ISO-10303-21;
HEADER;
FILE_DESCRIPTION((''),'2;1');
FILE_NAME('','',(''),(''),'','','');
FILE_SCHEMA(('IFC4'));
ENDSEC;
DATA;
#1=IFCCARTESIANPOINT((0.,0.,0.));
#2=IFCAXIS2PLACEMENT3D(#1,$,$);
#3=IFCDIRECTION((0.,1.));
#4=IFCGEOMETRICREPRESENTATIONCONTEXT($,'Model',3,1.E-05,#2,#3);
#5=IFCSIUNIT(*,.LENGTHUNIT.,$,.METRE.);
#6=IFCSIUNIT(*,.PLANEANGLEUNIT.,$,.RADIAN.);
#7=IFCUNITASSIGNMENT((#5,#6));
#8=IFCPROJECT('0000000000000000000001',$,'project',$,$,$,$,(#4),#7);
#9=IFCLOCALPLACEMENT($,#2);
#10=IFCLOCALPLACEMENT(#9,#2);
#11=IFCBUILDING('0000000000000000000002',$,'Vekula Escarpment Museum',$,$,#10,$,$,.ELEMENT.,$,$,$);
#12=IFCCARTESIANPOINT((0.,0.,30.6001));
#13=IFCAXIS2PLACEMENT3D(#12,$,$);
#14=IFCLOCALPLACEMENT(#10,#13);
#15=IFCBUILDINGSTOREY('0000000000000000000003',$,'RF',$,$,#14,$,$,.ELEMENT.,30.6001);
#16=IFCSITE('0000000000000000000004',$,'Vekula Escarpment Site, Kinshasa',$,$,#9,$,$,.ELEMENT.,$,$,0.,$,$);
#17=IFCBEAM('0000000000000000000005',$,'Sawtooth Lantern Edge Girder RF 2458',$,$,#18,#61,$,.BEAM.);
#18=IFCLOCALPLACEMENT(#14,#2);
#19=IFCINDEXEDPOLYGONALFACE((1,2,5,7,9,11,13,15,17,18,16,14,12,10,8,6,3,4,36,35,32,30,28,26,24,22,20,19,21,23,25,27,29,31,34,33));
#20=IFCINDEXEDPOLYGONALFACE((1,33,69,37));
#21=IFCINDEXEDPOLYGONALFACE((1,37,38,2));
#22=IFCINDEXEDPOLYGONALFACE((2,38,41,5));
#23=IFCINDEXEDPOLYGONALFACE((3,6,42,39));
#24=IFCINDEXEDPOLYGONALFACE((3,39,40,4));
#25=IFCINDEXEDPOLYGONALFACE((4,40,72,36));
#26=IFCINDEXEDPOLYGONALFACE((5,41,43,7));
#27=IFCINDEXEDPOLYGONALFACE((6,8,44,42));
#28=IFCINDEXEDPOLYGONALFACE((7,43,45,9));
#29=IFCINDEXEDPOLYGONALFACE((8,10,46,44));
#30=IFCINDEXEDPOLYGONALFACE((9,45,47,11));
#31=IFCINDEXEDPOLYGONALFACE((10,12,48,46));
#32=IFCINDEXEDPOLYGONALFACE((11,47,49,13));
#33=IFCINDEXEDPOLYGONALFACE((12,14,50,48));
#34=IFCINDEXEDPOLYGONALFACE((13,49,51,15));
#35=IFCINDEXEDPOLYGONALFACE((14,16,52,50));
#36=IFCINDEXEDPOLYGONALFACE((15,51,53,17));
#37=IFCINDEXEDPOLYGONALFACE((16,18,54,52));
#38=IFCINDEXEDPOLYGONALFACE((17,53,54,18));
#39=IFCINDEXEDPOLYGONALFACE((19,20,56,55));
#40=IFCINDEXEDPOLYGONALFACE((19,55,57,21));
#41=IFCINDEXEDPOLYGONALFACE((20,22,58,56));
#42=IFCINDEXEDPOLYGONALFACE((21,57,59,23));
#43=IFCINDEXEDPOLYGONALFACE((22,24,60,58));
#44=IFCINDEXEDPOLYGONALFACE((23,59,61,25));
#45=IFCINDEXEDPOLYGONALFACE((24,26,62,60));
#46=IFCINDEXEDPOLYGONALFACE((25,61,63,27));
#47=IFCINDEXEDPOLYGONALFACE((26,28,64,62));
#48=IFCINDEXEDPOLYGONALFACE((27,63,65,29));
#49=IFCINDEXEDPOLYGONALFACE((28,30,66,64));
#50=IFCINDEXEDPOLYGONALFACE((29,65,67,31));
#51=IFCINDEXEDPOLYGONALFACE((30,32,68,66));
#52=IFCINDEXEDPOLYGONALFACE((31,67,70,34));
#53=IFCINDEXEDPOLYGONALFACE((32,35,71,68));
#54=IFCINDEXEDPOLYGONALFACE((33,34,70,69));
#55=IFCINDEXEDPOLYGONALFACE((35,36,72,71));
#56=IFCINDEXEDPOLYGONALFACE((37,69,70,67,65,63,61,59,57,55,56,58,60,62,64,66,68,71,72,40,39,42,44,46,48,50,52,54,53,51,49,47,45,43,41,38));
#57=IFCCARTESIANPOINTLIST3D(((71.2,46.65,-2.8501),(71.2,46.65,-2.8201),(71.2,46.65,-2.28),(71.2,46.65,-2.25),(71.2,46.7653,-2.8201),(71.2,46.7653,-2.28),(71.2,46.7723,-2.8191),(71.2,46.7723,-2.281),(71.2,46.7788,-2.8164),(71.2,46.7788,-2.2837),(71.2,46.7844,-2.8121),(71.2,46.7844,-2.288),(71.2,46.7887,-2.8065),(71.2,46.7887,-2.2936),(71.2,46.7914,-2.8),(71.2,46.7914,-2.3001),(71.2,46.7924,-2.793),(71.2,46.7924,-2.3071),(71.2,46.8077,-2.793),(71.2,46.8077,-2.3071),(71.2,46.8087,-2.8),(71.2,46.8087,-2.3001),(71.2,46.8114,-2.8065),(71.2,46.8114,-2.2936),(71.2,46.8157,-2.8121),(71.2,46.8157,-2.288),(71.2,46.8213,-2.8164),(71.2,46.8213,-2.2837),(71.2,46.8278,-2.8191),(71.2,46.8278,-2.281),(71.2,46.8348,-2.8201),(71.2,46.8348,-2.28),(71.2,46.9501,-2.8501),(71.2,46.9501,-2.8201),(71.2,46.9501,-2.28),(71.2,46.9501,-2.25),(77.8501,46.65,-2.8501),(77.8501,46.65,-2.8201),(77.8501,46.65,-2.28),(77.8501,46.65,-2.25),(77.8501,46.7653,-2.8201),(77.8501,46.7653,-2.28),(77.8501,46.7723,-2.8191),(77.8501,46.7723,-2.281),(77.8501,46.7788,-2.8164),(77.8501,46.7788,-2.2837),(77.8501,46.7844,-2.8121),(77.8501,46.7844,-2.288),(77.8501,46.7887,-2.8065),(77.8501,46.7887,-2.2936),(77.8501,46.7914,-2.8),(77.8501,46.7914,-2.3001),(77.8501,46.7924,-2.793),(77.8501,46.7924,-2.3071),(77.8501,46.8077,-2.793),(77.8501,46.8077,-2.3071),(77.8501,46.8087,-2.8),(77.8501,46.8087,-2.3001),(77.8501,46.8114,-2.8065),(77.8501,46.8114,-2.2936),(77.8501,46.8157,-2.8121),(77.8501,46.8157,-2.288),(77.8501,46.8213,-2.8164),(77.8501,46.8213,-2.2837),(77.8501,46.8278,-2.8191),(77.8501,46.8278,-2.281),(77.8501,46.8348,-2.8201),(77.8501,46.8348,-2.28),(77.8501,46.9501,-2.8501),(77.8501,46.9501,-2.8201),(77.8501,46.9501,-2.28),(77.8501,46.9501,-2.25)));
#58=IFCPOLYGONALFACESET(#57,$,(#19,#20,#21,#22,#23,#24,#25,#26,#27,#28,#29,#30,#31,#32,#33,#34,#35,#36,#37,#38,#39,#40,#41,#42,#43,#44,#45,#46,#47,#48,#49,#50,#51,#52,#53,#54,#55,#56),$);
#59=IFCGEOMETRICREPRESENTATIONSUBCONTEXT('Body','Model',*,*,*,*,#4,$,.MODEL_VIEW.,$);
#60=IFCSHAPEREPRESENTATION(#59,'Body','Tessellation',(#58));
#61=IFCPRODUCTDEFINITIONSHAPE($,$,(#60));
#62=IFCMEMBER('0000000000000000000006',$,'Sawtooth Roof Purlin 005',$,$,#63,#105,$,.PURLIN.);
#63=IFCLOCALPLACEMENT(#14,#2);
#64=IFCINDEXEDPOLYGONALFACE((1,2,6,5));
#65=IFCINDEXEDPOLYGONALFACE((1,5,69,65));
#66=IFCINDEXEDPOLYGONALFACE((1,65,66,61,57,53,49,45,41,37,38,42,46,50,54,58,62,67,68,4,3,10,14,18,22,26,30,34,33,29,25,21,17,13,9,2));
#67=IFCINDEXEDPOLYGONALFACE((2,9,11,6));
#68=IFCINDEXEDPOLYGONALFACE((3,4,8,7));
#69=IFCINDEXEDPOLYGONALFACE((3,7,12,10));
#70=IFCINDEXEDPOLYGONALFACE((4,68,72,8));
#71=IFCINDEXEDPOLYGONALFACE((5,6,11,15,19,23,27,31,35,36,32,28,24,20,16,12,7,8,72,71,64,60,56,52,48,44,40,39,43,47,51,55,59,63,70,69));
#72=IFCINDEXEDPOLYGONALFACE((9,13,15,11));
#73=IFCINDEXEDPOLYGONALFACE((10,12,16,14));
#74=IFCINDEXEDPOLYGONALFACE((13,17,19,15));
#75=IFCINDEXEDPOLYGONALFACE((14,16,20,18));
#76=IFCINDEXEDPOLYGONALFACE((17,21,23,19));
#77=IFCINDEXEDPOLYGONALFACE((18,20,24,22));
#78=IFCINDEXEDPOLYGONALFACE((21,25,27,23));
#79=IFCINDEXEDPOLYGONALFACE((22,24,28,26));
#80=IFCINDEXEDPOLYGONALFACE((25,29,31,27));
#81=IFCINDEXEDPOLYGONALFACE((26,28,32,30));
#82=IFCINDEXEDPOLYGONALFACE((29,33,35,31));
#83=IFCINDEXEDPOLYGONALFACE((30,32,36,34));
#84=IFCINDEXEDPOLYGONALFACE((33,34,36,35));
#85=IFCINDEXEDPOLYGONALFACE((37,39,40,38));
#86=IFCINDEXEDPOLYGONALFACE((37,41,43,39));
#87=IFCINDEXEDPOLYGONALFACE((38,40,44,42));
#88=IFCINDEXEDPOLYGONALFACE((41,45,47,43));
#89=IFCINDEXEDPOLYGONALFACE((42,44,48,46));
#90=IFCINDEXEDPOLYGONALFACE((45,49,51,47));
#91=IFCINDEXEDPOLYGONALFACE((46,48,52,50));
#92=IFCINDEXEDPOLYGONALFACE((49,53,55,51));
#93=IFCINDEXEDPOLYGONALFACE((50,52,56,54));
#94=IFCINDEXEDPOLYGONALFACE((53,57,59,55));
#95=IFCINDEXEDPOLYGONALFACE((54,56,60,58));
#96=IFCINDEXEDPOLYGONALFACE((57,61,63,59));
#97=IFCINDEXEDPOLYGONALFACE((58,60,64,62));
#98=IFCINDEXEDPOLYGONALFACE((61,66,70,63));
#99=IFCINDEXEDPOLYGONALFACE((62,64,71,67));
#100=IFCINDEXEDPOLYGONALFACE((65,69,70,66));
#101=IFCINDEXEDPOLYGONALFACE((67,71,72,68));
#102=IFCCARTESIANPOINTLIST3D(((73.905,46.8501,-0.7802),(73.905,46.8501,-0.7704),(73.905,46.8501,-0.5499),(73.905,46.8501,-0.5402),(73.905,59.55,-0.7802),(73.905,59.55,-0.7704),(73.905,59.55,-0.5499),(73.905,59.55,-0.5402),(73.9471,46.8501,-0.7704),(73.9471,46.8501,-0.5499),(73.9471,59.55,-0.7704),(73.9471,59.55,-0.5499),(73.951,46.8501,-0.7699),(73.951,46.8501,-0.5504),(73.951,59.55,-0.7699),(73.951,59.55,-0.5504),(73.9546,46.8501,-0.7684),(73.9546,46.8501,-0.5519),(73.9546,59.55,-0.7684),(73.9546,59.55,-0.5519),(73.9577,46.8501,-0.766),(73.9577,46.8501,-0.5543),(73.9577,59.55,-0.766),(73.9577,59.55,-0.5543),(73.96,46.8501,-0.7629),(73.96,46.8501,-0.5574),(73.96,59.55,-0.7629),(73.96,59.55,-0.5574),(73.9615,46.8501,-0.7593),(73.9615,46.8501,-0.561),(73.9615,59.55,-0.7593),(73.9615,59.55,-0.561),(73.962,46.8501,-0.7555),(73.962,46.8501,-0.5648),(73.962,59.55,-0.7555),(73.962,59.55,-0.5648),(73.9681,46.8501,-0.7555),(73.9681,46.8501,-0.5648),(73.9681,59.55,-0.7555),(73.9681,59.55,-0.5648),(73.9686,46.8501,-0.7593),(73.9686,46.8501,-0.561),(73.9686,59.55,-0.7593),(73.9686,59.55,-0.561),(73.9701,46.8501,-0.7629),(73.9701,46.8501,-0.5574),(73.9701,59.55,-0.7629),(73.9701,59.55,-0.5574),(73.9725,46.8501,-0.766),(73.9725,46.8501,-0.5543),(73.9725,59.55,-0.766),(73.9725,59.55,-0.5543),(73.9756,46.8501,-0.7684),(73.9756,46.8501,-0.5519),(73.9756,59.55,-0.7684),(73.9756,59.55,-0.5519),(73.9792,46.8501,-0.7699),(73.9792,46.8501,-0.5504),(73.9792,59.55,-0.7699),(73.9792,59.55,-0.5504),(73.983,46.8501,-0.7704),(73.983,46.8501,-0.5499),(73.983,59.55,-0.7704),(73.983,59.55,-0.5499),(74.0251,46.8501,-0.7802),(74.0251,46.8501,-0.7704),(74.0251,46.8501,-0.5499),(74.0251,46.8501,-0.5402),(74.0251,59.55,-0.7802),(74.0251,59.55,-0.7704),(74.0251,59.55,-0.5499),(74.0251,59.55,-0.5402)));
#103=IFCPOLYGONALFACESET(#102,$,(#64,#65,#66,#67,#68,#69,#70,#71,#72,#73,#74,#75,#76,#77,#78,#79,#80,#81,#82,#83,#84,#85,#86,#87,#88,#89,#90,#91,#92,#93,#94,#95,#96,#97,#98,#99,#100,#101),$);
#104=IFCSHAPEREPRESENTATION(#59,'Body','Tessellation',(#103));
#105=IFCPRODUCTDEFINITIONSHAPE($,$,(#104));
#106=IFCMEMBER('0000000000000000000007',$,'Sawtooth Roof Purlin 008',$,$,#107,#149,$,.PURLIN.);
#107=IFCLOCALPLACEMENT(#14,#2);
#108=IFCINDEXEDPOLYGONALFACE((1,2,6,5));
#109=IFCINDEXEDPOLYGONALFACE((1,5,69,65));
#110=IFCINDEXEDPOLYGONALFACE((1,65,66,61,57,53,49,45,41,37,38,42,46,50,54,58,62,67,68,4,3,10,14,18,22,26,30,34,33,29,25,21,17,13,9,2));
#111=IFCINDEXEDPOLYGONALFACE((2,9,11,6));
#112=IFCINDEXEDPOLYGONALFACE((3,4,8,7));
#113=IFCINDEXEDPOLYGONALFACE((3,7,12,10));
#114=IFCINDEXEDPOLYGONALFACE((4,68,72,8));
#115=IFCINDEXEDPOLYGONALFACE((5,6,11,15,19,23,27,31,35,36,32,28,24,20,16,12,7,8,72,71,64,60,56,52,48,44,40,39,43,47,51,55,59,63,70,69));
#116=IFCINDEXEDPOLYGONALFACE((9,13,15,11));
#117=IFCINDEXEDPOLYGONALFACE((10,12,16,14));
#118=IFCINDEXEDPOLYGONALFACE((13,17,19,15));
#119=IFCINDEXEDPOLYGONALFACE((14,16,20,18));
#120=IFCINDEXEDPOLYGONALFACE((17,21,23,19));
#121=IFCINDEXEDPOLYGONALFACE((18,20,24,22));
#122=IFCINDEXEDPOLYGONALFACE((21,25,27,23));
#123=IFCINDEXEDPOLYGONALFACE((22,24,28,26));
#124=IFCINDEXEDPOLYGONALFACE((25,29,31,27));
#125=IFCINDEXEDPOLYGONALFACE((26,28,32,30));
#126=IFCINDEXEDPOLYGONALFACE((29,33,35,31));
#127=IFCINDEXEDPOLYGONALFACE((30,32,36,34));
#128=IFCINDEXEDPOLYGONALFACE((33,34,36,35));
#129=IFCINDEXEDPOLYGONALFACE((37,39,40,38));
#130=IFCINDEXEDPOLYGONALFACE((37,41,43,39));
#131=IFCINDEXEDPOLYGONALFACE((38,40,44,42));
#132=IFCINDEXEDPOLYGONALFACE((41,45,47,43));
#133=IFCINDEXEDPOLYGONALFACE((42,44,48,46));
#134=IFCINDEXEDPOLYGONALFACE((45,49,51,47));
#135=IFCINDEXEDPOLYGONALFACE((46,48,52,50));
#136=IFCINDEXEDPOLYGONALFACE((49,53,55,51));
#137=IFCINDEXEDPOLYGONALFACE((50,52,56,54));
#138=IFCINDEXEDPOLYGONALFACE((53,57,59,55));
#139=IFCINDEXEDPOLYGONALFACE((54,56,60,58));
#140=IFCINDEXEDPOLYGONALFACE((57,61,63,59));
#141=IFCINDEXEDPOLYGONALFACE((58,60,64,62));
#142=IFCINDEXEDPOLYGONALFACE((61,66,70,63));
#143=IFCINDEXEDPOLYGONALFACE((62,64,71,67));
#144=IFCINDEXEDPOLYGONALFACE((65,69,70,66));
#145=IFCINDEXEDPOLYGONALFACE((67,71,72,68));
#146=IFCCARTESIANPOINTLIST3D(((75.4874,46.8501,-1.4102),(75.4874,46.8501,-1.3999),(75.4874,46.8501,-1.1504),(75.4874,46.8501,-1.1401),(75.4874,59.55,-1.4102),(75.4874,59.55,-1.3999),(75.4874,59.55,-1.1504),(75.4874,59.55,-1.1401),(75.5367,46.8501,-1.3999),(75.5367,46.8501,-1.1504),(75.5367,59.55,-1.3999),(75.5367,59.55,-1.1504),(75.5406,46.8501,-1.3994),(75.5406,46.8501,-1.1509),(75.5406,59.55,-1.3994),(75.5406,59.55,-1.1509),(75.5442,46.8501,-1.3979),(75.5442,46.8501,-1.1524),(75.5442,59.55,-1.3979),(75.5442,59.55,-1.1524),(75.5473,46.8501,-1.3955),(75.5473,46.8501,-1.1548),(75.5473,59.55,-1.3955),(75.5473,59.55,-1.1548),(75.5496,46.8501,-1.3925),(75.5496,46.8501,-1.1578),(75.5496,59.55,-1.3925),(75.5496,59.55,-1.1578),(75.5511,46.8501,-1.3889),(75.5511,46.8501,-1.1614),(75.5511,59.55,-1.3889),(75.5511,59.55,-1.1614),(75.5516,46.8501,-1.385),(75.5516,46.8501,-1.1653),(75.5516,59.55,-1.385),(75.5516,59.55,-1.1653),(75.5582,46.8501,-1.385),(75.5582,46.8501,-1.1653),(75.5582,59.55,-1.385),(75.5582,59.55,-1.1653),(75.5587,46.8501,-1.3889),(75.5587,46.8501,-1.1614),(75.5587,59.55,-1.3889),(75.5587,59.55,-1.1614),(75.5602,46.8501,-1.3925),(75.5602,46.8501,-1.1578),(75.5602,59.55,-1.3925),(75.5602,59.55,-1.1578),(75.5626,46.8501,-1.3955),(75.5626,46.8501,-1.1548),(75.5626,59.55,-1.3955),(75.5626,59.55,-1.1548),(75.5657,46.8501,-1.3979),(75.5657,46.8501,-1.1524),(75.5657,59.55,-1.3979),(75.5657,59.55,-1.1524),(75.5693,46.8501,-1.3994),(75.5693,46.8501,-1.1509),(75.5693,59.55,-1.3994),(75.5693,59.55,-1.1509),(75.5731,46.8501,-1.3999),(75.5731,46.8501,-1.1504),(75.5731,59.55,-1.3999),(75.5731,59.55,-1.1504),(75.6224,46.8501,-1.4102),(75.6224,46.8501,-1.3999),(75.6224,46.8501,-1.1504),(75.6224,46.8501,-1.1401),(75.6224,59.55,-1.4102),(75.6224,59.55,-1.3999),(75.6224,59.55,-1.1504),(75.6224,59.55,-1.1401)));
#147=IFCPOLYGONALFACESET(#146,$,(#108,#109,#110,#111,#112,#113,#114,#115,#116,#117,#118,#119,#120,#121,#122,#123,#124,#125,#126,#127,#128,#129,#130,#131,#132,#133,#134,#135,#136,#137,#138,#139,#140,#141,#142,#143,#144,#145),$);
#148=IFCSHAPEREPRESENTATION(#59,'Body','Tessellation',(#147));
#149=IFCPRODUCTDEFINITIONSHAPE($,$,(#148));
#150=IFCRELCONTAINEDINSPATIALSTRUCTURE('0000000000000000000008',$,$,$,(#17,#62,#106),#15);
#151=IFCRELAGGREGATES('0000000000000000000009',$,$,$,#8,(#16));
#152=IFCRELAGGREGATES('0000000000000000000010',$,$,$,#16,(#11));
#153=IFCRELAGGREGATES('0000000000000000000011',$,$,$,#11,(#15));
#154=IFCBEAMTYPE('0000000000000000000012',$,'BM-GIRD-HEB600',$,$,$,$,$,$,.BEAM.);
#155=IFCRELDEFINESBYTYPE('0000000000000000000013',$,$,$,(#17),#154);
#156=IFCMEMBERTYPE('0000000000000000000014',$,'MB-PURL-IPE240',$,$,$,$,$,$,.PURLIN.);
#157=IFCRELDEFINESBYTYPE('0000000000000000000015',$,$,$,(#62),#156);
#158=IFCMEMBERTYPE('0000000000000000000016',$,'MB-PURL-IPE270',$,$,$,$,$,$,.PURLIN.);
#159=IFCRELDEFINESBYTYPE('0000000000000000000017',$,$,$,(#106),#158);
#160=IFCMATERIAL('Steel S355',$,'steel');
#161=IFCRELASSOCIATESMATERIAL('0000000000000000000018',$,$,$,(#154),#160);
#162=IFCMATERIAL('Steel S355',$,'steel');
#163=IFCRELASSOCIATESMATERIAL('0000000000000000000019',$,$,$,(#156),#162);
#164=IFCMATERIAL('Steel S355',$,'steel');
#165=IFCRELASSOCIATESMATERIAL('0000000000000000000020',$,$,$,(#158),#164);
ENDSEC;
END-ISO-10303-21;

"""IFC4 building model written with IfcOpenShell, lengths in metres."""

from ifc_helpers import new_model, si_unit, direction, frame, origin, origin_2d, place, context, subcontext, project, spatial, i_section, extrude, material, material_profile, profile_set, type_object, element, save


model = new_model("IFC4")

# Units and contexts
model_context = context("Model", 3, precision=1e-05, world=origin(), true_north=direction((0.0, 1.0)))
body_context = subcontext(model_context, "Body", "Model", "MODEL_VIEW")
ifc_project = project(units=[si_unit("LENGTHUNIT", "METRE"), si_unit("PLANEANGLEUNIT", "RADIAN")], contexts=[model_context])

# Site, building, storey
site_placement = place(None, origin())
site = spatial("IfcSite", under=ifc_project, at=site_placement, Name="Vekula Escarpment Site, Kinshasa", CompositionType="ELEMENT", RefElevation=0.0)
building_placement = place(site_placement, origin())
building = spatial("IfcBuilding", under=site, at=building_placement, Name="Vekula Escarpment Museum", CompositionType="ELEMENT")
storey_placement = place(building_placement, frame((0.0, 0.0, 30.6001)))
storey = spatial("IfcBuildingStorey", under=building, at=storey_placement, Name="RF", CompositionType="ELEMENT", Elevation=30.6001)

# Beam
ifc_material_1 = material(Name="Steel S355", Category="steel")
ifc_material_profile_1 = material_profile(ifc_material_1, i_section(OverallWidth=0.3, OverallDepth=0.6001, WebThickness=0.0154, FlangeThickness=0.03, FilletRadius=0.0271, at=origin_2d()), Name="HEB 600")
ifc_profile_set_1 = profile_set([ifc_material_profile_1], Name="Steel S355")
beam_type = type_object("IfcBeamType", Name="BM-GIRD-HEB600", PredefinedType="BEAM", material=ifc_profile_set_1)
beam_placement = place(storey_placement, frame((71.2, 46.8, -2.55), z_axis=(1.0, 0.0, 0.0), x_axis=(0.0, 1.0, 0.0)))
element("IfcBeam", 1, at=beam_placement, inside=storey, type_object=beam_type, Name="Sawtooth Lantern Edge Girder RF 2458", PredefinedType="BEAM", context=body_context, shape_type="SweptSolid", body=[
    extrude(i_section(OverallWidth=0.3, OverallDepth=0.6001, WebThickness=0.0154, FlangeThickness=0.03, FilletRadius=0.0271, at=origin_2d()), origin(), (0.0, 0.0, 1.0), 6.6501),
])

# Members
ifc_material_2 = material(Name="Steel S355", Category="steel")
ifc_material_profile_2 = material_profile(ifc_material_2, i_section(OverallWidth=0.1201, OverallDepth=0.24, WebThickness=0.0061, FlangeThickness=0.0098, FilletRadius=0.0149, at=origin_2d()), Name="IPE 240")
ifc_profile_set_2 = profile_set([ifc_material_profile_2], Name="Steel S355")
member_type_1 = type_object("IfcMemberType", Name="MB-PURL-IPE240", PredefinedType="PURLIN", material=ifc_profile_set_2)
member_1_placement = place(storey_placement, frame((73.9651, 46.8501, -0.6602), z_axis=(0.0, 1.0, 0.0), x_axis=(-1.0, 0.0, 0.0)))
element("IfcMember", 2, at=member_1_placement, inside=storey, type_object=member_type_1, Name="Sawtooth Roof Purlin 005", PredefinedType="PURLIN", context=body_context, shape_type="SweptSolid", body=[
    extrude(i_section(OverallWidth=0.1201, OverallDepth=0.24, WebThickness=0.0061, FlangeThickness=0.0098, FilletRadius=0.0149, at=origin_2d()), origin(), (0.0, 0.0, 1.0), 12.7),
])
ifc_material_3 = material(Name="Steel S355", Category="steel")
ifc_material_profile_3 = material_profile(ifc_material_3, i_section(OverallWidth=0.135, OverallDepth=0.27, WebThickness=0.0066, FlangeThickness=0.0103, FilletRadius=0.0149, at=origin_2d()), Name="IPE 270")
ifc_profile_set_3 = profile_set([ifc_material_profile_3], Name="Steel S355")
member_type_2 = type_object("IfcMemberType", Name="MB-PURL-IPE270", PredefinedType="PURLIN", material=ifc_profile_set_3)
member_2_placement = place(storey_placement, frame((75.5549, 46.8501, -1.2751), z_axis=(0.0, 1.0, 0.0), x_axis=(-1.0, 0.0, 0.0)))
element("IfcMember", 3, at=member_2_placement, inside=storey, type_object=member_type_2, Name="Sawtooth Roof Purlin 008", PredefinedType="PURLIN", context=body_context, shape_type="SweptSolid", body=[
    extrude(i_section(OverallWidth=0.135, OverallDepth=0.27, WebThickness=0.0066, FlangeThickness=0.0103, FilletRadius=0.0149, at=origin_2d()), origin(), (0.0, 0.0, 1.0), 12.7),
])

save(model, "model.ifc")
